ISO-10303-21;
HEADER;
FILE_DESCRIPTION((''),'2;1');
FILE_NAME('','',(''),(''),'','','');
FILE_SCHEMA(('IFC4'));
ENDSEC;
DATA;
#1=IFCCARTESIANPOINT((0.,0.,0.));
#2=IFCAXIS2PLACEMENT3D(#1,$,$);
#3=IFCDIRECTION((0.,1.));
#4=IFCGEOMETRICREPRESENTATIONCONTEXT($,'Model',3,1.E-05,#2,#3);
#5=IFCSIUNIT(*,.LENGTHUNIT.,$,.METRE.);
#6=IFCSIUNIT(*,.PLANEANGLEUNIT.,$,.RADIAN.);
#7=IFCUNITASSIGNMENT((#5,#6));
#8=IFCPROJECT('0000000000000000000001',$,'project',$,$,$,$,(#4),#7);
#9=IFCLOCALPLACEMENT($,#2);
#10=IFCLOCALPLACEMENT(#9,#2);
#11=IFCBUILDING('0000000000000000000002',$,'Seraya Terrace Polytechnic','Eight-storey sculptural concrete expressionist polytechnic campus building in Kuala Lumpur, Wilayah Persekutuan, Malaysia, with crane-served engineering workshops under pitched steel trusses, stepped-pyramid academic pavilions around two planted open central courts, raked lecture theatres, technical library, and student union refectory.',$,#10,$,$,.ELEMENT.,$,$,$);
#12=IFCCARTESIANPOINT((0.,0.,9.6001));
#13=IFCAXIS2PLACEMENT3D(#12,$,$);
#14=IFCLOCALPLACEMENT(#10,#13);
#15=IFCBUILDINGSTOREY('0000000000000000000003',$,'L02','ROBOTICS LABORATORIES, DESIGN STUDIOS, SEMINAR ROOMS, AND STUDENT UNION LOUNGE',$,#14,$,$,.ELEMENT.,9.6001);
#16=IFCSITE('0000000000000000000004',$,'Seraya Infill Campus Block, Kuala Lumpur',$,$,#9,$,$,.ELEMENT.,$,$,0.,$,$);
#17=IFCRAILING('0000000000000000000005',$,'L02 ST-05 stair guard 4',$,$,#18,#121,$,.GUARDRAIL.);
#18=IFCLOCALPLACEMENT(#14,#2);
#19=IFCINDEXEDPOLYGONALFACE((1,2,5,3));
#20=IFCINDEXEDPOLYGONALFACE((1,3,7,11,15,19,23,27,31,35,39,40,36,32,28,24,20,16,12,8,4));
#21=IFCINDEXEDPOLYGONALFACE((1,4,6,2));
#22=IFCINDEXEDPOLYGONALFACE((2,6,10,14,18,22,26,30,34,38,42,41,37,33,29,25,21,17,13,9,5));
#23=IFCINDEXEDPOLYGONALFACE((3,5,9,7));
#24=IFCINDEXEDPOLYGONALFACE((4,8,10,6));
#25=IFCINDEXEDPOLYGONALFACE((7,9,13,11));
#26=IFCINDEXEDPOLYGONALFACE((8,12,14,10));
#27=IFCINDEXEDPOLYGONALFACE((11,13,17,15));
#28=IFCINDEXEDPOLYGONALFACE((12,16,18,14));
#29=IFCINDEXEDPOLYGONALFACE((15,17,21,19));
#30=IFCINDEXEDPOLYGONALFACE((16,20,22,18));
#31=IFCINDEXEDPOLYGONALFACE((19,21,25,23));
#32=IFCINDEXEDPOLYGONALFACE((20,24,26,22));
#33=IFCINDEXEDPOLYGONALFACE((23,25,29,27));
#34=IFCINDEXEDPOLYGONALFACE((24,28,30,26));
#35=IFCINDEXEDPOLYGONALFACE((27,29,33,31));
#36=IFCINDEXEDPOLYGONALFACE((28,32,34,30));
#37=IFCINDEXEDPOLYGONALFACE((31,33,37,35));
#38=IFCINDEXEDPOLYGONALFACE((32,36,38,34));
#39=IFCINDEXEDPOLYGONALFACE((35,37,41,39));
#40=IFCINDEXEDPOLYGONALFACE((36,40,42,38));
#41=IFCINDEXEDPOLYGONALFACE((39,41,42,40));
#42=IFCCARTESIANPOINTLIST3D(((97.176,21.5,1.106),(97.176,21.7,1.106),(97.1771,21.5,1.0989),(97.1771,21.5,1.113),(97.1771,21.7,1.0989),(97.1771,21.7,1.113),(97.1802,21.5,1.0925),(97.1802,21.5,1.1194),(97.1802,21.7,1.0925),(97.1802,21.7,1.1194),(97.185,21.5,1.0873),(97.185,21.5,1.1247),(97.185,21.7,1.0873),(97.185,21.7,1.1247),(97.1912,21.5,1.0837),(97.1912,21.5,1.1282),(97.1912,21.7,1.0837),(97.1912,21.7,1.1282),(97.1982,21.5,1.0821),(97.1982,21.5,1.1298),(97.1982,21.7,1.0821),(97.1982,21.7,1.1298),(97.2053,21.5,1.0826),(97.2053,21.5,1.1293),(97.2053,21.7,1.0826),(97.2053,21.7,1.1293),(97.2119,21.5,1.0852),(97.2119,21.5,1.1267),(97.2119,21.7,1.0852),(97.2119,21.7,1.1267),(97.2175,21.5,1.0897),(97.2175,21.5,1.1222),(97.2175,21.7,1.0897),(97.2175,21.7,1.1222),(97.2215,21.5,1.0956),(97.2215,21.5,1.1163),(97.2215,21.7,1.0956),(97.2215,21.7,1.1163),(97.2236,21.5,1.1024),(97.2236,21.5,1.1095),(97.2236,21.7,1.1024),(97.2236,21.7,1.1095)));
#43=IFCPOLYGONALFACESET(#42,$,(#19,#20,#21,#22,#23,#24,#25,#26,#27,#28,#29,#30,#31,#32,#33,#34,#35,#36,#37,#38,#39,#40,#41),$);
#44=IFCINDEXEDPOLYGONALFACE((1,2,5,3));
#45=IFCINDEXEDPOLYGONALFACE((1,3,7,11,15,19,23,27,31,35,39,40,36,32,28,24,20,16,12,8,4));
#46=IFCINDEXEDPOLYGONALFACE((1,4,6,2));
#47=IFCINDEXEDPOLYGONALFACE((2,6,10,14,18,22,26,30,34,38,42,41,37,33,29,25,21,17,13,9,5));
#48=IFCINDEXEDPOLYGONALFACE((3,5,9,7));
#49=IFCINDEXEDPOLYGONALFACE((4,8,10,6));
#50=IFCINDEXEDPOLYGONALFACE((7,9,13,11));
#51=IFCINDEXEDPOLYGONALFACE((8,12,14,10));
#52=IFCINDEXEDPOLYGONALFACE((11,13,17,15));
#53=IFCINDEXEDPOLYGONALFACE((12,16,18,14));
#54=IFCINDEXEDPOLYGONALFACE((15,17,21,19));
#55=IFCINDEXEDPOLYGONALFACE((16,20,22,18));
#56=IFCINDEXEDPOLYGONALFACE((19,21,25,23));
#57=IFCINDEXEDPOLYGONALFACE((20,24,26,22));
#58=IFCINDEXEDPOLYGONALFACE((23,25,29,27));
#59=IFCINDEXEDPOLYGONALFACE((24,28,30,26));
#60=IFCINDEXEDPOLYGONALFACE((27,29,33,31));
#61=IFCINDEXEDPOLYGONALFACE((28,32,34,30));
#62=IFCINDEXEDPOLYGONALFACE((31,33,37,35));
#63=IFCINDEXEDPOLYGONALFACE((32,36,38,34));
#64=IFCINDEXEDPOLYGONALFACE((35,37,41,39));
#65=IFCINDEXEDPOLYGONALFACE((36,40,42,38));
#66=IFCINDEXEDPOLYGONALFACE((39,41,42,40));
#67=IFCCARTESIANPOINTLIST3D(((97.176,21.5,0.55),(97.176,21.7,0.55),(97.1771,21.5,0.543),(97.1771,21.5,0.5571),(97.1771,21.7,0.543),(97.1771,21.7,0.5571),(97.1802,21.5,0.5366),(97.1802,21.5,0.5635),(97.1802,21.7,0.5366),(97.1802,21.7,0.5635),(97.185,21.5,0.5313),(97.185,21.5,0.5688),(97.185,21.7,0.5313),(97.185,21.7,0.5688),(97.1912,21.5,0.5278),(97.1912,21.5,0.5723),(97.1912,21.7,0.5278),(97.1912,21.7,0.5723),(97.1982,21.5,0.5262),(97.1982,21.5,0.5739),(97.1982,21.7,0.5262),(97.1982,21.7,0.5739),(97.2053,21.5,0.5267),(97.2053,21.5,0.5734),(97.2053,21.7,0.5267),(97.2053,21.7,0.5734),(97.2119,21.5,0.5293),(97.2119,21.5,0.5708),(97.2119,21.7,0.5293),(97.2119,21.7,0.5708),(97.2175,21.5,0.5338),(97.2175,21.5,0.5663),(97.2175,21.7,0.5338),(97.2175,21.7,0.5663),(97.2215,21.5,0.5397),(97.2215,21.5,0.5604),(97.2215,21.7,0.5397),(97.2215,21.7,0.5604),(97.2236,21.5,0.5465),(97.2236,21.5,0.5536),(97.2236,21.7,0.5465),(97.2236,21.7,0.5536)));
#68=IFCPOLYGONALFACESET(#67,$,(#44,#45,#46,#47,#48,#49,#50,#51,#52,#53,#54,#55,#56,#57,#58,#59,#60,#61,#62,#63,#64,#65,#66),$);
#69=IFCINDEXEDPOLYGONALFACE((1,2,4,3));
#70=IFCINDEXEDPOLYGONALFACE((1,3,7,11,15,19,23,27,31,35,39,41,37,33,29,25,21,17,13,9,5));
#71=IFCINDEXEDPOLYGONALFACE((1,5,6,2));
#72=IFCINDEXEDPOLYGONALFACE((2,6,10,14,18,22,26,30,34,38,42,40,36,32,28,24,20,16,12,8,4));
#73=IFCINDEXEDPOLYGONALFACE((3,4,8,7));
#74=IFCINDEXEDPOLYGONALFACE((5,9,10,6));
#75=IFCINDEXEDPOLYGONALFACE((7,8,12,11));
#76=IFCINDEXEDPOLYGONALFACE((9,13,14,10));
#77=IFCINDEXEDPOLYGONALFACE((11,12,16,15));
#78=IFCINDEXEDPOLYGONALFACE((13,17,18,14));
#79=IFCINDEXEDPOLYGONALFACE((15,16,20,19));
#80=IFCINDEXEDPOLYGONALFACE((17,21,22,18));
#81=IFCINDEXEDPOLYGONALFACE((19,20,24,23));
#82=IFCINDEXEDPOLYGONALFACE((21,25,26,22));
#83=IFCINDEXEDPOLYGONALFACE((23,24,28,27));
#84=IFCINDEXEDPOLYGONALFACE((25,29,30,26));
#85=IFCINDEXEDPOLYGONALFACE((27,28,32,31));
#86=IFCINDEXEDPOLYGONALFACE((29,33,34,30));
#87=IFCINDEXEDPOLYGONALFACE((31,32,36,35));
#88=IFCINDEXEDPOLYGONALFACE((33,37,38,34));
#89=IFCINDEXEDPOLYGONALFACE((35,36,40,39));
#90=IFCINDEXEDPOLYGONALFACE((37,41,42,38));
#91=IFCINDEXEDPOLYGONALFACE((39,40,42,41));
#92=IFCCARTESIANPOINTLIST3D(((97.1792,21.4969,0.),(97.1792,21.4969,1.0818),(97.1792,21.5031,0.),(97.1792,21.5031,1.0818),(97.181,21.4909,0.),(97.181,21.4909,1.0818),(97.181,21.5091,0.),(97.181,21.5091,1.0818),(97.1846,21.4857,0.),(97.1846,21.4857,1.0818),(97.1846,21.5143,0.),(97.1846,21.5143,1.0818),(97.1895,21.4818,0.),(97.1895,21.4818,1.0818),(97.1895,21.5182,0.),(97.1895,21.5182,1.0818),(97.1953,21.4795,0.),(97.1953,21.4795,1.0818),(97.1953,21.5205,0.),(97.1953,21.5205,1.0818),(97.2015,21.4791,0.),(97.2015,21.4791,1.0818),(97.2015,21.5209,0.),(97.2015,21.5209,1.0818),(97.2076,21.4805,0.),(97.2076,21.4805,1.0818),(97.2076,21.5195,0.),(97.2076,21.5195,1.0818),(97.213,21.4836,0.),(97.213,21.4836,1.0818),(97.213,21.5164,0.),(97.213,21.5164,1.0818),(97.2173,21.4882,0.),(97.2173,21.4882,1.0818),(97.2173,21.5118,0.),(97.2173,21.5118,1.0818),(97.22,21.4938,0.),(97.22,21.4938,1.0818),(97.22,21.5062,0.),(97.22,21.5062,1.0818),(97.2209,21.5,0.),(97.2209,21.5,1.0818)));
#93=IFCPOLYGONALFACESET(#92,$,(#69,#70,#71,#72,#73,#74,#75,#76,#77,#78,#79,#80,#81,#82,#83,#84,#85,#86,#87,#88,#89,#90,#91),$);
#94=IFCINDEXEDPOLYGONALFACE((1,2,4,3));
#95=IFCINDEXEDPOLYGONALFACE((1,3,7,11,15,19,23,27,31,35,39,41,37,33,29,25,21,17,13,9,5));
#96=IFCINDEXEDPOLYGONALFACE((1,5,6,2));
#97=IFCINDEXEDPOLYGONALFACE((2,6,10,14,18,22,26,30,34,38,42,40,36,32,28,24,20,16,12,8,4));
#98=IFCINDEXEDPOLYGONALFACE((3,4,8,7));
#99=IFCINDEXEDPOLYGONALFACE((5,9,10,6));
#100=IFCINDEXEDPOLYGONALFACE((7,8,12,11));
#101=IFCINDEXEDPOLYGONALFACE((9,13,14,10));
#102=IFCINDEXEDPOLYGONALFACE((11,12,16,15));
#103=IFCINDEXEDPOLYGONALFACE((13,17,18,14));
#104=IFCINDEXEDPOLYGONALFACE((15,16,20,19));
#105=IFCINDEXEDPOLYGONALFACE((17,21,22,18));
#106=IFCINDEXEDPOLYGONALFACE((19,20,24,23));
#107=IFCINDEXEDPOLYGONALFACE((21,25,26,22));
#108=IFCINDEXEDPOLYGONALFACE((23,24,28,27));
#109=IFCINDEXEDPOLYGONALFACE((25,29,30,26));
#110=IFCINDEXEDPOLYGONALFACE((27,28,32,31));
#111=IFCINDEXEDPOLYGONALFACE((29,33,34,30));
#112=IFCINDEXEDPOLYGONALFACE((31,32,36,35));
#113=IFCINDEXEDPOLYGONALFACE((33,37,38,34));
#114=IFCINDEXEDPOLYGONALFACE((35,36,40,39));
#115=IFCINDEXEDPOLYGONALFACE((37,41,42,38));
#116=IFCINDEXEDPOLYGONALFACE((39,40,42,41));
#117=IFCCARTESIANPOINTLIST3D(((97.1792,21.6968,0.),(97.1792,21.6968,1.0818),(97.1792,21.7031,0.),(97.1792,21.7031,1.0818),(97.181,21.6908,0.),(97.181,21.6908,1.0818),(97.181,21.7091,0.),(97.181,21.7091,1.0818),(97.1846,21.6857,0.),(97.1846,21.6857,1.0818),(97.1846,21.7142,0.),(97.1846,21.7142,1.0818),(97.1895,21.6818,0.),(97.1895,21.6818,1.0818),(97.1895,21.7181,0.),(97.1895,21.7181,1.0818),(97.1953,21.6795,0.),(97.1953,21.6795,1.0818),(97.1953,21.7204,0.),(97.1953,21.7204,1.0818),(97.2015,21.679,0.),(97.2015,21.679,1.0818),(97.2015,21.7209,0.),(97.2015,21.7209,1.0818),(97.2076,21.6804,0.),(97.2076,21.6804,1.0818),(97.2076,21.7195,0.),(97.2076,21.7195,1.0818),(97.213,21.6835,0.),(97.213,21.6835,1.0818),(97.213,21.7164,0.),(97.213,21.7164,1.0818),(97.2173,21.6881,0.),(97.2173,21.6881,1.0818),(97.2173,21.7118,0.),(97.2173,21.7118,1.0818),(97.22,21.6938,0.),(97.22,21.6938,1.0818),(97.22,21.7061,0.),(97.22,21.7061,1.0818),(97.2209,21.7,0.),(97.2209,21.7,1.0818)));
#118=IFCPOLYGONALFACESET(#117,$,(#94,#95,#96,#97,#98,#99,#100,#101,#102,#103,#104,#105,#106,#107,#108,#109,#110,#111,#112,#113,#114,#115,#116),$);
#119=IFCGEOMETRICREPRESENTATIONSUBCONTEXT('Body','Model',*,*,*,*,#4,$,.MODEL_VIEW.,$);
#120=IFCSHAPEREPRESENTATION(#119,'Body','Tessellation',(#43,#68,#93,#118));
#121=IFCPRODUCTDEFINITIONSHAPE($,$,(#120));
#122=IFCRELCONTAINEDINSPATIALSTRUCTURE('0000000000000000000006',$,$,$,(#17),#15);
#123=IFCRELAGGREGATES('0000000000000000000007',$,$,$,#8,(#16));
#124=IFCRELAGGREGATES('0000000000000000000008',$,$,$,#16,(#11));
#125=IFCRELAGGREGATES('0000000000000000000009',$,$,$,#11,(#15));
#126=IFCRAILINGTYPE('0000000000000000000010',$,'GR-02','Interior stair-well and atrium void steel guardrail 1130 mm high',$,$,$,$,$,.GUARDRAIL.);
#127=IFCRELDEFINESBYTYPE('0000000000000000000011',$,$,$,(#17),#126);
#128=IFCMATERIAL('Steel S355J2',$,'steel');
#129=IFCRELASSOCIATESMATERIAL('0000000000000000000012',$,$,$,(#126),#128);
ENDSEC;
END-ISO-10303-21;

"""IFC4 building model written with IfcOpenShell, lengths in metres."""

from ifc_helpers import new_model, si_unit, direction, frame, origin, origin_2d, place, context, subcontext, project, spatial, circle, extrude, material, type_object, element, save


model = new_model("IFC4")

# Units and contexts
model_context = context("Model", 3, precision=1e-05, world=origin(), true_north=direction((0.0, 1.0)))
body_context = subcontext(model_context, "Body", "Model", "MODEL_VIEW")
ifc_project = project(units=[si_unit("LENGTHUNIT", "METRE"), si_unit("PLANEANGLEUNIT", "RADIAN")], contexts=[model_context])

# Site, building, storey
site_placement = place(None, origin())
site = spatial("IfcSite", under=ifc_project, at=site_placement, Name="Seraya Infill Campus Block, Kuala Lumpur", CompositionType="ELEMENT", RefElevation=0.0)
building_placement = place(site_placement, origin())
building = spatial("IfcBuilding", under=site, at=building_placement, Name="Seraya Terrace Polytechnic", Description="Eight-storey sculptural concrete expressionist polytechnic campus building in Kuala Lumpur, Wilayah Persekutuan, Malaysia, with crane-served engineering workshops under pitched steel trusses, stepped-pyramid academic pavilions around two planted open central courts, raked lecture theatres, technical library, and student union refectory.", CompositionType="ELEMENT")
storey_placement = place(building_placement, frame((0.0, 0.0, 9.6001)))
storey = spatial("IfcBuildingStorey", under=building, at=storey_placement, Name="L02", Description="ROBOTICS LABORATORIES, DESIGN STUDIOS, SEMINAR ROOMS, AND STUDENT UNION LOUNGE", CompositionType="ELEMENT", Elevation=9.6001)

# Shared definitions
ifc_material_1 = material(Name="Steel S355J2", Category="steel")

# Railing
railing_type_1 = type_object("IfcRailingType", Name="GR-02", Description="Interior stair-well and atrium void steel guardrail 1130 mm high", PredefinedType="GUARDRAIL", material=ifc_material_1)
railing_1_placement = place(storey_placement, frame((97.2, 21.5, 0.0)))
element("IfcRailing", 1, at=railing_1_placement, inside=storey, type_object=railing_type_1, Name="L02 ST-05 stair guard 4", PredefinedType="GUARDRAIL", context=body_context, shape_type="SweptSolid", body=[
    extrude(circle(Radius=0.0239, at=origin_2d()), frame((0.0, 0.0, 1.106), z_axis=(0.0, 1.0, 0.0), x_axis=(-1.0, 0.0, 0.0)), (0.0, 0.0, 1.0), 0.2),
    extrude(circle(Radius=0.0239, at=origin_2d()), frame((0.0, 0.0, 0.55), z_axis=(0.0, 1.0, 0.0), x_axis=(-1.0, 0.0, 0.0)), (0.0, 0.0, 1.0), 0.2),
    extrude(circle(Radius=0.021, at=origin_2d()), origin(), (0.0, 0.0, 1.0), 1.0818),
    extrude(circle(Radius=0.021, at=origin_2d()), frame((0.0, 0.2, 0.0)), (0.0, 0.0, 1.0), 1.0818),
])

save(model, "model.ifc")
